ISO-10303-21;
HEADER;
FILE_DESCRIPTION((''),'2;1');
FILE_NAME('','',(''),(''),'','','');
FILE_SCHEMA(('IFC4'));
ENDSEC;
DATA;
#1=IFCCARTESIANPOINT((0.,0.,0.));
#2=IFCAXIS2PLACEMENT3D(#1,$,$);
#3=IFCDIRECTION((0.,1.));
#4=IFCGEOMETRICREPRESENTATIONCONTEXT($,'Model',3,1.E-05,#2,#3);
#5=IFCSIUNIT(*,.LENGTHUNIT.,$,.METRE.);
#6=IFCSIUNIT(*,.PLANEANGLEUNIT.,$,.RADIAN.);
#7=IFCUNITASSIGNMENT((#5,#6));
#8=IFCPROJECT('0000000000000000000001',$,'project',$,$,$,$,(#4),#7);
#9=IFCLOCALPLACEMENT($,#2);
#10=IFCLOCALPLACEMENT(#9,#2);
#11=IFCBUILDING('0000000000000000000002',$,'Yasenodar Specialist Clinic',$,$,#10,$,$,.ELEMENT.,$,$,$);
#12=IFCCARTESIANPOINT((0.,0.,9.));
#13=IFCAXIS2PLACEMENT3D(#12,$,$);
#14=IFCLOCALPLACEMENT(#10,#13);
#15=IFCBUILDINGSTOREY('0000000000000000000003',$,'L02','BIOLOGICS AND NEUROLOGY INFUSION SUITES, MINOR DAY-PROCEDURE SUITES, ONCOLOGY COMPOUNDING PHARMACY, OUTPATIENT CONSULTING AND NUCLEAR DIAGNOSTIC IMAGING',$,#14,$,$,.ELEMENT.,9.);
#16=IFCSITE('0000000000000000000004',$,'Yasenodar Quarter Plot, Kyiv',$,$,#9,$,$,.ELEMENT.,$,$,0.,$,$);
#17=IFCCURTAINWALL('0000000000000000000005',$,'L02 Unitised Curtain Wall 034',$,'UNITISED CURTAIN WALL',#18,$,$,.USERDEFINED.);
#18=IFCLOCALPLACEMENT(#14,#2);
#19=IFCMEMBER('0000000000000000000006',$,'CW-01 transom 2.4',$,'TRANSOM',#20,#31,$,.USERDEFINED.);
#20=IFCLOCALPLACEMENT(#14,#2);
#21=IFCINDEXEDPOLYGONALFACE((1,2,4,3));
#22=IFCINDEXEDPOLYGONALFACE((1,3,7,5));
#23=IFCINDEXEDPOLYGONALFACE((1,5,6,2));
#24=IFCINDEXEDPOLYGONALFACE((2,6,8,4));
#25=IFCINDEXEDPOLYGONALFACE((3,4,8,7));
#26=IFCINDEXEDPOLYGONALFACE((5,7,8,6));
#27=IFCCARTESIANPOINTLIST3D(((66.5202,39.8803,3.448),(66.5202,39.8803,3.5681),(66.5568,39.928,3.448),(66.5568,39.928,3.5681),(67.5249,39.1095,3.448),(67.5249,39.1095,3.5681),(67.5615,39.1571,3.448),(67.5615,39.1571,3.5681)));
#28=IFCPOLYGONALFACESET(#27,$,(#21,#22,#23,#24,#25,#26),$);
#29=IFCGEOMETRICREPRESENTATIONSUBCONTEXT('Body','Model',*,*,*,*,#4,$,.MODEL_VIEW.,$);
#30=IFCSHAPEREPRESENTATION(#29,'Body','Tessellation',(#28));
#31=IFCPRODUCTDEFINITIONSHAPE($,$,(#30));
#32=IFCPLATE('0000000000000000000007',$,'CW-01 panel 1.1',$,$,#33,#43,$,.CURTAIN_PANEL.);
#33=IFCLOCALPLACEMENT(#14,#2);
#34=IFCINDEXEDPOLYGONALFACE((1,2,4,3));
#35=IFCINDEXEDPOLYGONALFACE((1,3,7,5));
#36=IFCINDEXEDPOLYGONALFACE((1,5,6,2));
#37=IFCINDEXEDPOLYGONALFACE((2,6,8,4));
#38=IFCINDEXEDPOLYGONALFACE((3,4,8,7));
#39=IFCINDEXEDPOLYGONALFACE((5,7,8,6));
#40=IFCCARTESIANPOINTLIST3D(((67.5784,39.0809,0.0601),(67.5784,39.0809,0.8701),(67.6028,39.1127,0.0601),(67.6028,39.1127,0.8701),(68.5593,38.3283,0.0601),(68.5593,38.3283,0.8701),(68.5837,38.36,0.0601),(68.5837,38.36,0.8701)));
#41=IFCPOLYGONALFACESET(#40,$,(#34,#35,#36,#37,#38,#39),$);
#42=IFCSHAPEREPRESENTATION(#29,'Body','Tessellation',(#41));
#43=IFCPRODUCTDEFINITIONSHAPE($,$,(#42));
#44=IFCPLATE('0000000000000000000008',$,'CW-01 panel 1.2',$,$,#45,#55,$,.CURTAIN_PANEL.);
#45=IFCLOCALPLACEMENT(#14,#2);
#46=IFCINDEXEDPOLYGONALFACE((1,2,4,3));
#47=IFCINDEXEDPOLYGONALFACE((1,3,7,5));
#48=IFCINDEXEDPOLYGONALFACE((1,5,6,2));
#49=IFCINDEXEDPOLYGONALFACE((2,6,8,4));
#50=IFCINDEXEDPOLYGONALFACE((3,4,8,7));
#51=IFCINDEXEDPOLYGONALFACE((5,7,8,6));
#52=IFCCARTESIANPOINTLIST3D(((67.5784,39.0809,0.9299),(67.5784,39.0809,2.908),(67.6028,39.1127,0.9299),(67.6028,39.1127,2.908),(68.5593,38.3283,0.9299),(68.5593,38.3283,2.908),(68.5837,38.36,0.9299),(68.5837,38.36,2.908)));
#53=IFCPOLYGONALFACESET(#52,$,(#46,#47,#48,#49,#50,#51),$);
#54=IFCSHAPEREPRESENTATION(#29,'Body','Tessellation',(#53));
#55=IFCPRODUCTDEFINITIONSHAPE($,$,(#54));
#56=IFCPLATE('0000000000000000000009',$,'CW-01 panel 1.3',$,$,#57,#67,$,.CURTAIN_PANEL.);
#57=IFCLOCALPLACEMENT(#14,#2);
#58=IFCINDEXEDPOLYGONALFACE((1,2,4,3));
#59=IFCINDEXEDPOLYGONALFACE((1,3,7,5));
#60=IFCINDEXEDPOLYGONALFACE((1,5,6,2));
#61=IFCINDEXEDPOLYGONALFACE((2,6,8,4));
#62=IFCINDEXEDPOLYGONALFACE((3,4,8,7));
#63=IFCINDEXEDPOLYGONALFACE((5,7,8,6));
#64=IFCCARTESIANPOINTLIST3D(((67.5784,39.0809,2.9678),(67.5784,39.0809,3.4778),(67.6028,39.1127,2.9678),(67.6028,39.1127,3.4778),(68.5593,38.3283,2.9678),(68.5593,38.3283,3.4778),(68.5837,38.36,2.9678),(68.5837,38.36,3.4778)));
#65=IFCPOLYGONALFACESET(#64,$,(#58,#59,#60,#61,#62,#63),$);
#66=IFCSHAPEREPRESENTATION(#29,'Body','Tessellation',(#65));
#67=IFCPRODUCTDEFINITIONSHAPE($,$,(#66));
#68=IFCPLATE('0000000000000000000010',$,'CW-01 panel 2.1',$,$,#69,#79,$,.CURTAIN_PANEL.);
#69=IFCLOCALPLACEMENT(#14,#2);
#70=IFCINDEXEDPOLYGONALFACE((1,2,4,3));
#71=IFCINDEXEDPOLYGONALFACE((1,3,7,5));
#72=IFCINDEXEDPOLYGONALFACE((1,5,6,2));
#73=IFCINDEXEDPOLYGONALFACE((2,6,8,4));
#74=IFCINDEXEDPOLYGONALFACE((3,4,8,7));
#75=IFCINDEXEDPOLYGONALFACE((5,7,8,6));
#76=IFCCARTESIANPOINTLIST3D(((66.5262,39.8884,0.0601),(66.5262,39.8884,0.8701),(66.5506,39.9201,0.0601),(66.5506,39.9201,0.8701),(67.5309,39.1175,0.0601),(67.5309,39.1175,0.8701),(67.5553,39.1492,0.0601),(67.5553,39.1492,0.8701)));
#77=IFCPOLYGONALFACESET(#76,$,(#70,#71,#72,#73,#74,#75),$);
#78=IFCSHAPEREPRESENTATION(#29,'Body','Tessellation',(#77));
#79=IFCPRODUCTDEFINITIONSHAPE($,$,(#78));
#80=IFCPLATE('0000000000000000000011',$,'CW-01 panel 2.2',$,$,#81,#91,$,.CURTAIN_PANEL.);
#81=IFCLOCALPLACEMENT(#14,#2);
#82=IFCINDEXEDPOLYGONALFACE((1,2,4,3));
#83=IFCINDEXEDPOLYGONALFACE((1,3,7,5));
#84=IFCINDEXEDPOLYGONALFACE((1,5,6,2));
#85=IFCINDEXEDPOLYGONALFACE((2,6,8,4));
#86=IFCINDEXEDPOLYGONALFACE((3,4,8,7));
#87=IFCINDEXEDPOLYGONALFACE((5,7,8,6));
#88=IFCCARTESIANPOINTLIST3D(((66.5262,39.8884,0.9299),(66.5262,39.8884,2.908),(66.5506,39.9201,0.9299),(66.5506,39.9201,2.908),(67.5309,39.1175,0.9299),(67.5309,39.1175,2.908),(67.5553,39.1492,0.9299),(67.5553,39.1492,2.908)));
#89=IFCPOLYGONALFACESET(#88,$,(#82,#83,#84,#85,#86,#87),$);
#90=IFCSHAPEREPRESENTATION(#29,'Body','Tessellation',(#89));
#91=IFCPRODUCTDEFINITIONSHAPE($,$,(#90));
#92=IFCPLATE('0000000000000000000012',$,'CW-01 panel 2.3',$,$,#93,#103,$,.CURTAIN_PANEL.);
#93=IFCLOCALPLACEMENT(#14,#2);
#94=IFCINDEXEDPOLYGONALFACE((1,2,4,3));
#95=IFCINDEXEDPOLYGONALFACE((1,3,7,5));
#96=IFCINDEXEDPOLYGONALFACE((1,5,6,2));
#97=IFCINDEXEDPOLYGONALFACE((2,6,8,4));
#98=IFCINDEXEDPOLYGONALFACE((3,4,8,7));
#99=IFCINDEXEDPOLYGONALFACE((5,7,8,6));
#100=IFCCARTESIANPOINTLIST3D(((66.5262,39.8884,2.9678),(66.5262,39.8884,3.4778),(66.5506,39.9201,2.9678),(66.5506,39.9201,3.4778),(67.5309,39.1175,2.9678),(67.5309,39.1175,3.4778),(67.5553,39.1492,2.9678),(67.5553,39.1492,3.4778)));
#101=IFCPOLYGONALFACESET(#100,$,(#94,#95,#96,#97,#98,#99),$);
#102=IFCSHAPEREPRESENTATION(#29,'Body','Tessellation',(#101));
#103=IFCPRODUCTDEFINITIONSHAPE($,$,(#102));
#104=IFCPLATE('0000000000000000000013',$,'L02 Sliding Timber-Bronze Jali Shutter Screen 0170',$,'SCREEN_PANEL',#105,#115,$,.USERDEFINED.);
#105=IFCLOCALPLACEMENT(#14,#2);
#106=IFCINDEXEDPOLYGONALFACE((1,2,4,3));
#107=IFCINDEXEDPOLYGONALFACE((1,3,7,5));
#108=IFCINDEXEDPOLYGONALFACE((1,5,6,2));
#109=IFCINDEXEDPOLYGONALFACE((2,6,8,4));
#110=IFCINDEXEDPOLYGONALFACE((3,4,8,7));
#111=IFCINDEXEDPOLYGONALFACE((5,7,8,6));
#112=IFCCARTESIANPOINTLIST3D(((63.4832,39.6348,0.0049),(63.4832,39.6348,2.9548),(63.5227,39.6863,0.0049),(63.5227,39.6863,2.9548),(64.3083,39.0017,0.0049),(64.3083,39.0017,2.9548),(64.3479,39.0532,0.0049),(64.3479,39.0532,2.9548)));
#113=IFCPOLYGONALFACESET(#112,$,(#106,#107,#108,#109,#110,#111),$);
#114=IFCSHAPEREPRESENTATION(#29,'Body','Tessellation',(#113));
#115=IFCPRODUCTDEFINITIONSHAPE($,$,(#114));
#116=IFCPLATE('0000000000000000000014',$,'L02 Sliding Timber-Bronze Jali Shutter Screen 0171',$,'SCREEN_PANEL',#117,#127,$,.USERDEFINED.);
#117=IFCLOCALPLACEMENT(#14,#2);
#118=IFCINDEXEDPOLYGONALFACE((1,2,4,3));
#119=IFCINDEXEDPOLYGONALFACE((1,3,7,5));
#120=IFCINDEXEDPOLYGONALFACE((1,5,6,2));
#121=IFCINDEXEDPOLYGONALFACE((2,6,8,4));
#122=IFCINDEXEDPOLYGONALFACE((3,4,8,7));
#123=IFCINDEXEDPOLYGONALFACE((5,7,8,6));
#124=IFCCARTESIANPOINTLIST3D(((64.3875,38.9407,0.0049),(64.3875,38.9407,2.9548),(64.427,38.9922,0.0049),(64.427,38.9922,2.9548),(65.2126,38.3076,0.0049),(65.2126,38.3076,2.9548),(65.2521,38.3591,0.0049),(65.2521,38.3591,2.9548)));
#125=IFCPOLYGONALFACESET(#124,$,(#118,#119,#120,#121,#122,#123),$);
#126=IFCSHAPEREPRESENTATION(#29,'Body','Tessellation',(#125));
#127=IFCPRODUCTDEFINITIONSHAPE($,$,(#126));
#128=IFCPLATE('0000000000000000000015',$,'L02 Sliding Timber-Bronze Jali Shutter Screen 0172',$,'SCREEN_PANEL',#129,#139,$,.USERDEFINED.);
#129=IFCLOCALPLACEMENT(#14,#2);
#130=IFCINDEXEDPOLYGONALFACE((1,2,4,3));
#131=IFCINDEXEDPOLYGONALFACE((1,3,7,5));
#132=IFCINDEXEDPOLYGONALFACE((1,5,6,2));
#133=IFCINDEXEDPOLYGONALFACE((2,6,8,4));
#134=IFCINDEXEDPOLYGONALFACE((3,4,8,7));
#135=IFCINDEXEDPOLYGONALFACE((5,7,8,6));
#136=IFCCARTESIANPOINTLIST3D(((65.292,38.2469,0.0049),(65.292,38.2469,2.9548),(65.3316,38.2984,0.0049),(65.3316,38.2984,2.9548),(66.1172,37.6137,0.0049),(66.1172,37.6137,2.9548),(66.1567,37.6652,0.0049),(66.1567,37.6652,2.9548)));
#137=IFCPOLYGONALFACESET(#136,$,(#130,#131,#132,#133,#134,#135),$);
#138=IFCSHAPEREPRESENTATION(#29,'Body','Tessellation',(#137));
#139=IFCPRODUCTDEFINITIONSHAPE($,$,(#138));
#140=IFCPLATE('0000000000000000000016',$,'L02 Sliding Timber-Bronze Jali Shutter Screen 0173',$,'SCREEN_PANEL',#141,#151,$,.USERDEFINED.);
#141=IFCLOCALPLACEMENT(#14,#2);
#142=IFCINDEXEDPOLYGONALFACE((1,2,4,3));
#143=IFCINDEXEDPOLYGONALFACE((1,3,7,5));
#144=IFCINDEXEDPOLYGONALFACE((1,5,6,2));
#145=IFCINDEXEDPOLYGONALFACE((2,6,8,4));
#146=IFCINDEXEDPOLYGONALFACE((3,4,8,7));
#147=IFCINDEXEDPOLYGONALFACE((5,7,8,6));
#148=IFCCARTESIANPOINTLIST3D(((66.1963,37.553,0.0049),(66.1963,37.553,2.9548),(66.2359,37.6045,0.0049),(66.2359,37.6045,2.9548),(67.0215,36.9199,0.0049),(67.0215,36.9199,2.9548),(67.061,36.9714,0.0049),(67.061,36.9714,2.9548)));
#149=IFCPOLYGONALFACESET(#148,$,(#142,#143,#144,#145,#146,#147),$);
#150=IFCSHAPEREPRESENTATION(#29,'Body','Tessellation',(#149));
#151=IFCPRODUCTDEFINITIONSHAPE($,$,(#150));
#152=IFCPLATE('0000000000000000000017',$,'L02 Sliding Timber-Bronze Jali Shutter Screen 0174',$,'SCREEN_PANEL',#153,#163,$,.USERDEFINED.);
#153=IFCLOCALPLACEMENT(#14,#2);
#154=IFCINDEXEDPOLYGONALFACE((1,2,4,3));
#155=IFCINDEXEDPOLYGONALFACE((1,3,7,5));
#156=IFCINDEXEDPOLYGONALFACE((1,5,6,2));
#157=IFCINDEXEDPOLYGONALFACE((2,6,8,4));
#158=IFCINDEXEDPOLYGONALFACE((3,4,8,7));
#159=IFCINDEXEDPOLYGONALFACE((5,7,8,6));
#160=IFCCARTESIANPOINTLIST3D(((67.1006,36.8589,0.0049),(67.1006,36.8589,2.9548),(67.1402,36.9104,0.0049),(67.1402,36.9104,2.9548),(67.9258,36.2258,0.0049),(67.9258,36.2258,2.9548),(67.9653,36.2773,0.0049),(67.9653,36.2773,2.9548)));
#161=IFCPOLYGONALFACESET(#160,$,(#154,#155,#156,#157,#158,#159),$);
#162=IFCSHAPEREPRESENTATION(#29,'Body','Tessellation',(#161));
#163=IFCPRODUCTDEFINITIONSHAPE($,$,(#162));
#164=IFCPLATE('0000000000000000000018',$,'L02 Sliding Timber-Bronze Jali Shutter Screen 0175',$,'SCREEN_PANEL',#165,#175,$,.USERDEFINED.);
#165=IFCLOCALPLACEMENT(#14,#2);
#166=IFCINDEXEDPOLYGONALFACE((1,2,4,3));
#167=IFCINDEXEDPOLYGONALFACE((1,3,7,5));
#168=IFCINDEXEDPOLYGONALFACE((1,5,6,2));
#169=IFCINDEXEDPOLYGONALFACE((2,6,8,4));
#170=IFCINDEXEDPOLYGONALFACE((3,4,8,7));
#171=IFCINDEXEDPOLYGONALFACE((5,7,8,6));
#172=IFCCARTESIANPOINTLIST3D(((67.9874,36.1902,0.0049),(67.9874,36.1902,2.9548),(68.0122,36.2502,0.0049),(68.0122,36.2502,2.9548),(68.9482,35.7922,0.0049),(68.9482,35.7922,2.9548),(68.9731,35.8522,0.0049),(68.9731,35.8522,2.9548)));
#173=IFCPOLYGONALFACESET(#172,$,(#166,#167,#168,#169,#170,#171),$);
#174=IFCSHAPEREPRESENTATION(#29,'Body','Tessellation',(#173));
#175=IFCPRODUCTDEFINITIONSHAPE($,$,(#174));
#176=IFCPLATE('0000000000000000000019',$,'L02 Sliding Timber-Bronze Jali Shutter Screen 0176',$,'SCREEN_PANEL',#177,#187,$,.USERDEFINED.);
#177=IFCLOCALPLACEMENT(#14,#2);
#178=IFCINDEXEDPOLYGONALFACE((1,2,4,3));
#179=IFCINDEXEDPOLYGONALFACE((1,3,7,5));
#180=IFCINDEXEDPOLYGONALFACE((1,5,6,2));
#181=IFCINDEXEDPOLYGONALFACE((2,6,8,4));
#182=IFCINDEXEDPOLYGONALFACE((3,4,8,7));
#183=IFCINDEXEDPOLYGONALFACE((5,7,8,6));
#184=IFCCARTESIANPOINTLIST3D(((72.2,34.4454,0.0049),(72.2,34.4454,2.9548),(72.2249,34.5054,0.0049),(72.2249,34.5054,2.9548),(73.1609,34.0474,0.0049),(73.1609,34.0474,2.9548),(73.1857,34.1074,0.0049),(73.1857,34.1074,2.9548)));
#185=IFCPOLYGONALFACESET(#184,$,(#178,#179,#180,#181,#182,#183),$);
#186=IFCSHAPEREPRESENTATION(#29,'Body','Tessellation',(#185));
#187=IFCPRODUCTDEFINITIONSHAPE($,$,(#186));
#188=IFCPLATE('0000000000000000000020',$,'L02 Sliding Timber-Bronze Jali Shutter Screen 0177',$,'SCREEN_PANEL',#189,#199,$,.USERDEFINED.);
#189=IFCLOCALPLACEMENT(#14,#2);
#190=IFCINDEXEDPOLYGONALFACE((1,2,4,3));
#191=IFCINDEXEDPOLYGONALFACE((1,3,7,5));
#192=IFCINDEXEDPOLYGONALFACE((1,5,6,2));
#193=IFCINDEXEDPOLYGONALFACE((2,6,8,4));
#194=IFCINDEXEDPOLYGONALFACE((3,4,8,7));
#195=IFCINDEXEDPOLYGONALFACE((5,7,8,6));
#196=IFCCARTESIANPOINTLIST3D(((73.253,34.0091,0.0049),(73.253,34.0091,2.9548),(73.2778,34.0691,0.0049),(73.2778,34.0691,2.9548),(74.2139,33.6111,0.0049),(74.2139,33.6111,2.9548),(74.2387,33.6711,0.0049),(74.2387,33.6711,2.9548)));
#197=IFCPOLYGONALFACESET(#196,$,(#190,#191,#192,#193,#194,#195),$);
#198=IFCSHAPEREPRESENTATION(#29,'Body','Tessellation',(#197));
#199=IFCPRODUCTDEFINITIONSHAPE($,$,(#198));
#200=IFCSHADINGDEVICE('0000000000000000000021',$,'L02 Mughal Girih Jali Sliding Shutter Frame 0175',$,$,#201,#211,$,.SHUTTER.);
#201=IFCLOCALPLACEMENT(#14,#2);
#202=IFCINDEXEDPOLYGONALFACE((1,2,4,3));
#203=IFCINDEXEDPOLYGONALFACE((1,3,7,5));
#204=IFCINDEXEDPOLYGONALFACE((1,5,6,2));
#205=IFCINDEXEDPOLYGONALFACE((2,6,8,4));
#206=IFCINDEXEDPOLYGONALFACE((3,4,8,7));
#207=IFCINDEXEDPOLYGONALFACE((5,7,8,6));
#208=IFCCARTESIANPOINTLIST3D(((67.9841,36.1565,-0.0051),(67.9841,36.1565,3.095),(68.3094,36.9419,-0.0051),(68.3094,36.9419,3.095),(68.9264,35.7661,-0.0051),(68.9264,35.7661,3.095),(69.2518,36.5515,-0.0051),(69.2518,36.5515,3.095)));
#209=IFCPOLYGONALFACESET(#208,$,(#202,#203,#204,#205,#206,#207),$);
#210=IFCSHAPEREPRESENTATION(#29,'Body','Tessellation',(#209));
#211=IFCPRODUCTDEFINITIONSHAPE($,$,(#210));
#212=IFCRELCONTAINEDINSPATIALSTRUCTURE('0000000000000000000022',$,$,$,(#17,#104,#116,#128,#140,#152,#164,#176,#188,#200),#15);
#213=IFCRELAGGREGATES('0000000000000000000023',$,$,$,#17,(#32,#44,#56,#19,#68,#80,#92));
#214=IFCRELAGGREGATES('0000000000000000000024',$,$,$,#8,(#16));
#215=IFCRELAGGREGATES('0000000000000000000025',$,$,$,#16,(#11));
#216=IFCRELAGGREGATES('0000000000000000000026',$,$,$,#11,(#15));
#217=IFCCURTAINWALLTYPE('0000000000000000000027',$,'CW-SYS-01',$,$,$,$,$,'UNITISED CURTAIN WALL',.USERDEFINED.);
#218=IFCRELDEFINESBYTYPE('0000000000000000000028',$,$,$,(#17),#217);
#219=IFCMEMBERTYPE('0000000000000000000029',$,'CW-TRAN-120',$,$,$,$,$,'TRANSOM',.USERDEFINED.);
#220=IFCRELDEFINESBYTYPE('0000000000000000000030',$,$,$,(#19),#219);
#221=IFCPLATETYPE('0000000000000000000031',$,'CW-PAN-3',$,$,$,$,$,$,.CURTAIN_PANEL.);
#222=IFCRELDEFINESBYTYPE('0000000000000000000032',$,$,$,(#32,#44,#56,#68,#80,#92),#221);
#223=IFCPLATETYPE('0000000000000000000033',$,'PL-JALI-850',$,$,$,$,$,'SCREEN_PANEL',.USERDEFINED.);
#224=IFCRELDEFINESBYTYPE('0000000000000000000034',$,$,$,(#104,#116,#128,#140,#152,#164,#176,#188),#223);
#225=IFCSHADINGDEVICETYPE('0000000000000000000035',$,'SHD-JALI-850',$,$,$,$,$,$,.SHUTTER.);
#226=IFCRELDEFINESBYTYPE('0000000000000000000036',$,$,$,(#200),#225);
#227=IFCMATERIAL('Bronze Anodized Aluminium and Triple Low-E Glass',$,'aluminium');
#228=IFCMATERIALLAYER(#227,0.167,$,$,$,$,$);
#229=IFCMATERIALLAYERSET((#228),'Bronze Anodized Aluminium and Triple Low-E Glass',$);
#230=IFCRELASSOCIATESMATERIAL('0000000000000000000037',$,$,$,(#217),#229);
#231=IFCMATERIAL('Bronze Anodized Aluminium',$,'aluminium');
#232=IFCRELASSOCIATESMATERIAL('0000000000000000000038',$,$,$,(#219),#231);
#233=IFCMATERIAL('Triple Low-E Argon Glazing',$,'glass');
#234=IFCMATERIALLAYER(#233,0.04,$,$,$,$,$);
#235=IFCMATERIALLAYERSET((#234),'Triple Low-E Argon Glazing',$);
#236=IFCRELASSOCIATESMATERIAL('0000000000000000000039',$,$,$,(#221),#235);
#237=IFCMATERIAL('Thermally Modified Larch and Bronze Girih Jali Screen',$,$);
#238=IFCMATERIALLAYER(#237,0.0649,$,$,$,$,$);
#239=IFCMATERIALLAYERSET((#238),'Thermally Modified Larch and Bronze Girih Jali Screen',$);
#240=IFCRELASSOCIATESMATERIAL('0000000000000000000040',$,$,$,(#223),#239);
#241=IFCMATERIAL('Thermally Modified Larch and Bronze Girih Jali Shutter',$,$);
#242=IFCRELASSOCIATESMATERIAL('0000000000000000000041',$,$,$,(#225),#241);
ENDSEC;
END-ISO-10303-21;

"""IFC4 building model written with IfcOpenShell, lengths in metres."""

from ifc_helpers import new_model, si_unit, direction, frame, origin, origin_2d, place, context, subcontext, project, spatial, rectangle, extrude, material, layer, layer_set, material_profile, profile_set, type_object, element, aggregate, save


model = new_model("IFC4")

# Units and contexts
model_context = context("Model", 3, precision=1e-05, world=origin(), true_north=direction((0.0, 1.0)))
body_context = subcontext(model_context, "Body", "Model", "MODEL_VIEW")
ifc_project = project(units=[si_unit("LENGTHUNIT", "METRE"), si_unit("PLANEANGLEUNIT", "RADIAN")], contexts=[model_context])

# Site, building, storey
site_placement = place(None, origin())
site = spatial("IfcSite", under=ifc_project, at=site_placement, Name="Yasenodar Quarter Plot, Kyiv", CompositionType="ELEMENT", RefElevation=0.0)
building_placement = place(site_placement, origin())
building = spatial("IfcBuilding", under=site, at=building_placement, Name="Yasenodar Specialist Clinic", CompositionType="ELEMENT")
storey_placement = place(building_placement, frame((0.0, 0.0, 9.0)))
storey = spatial("IfcBuildingStorey", under=building, at=storey_placement, Name="L02", Description="BIOLOGICS AND NEUROLOGY INFUSION SUITES, MINOR DAY-PROCEDURE SUITES, ONCOLOGY COMPOUNDING PHARMACY, OUTPATIENT CONSULTING AND NUCLEAR DIAGNOSTIC IMAGING", CompositionType="ELEMENT", Elevation=9.0)

# Curtain wall, member, plates
ifc_material_1 = material(Name="Bronze Anodized Aluminium and Triple Low-E Glass", Category="aluminium")
ifc_layer_1 = layer(ifc_material_1, 0.167)
ifc_layer_set_1 = layer_set([ifc_layer_1], Name="Bronze Anodized Aluminium and Triple Low-E Glass")
curtain_wall_type = type_object("IfcCurtainWallType", Name="CW-SYS-01", ElementType="UNITISED CURTAIN WALL", PredefinedType="USERDEFINED", material=ifc_layer_set_1)
curtain_wall_placement = place(storey_placement, origin())
curtain_wall = element("IfcCurtainWall", 1, at=curtain_wall_placement, inside=storey, type_object=curtain_wall_type, Name="L02 Unitised Curtain Wall 034", ObjectType="UNITISED CURTAIN WALL", PredefinedType="USERDEFINED")
ifc_material_2 = material(Name="Bronze Anodized Aluminium", Category="aluminium")
ifc_material_profile_1 = material_profile(ifc_material_2, rectangle(XDim=0.0601, YDim=0.1201, at=origin_2d()), Name="CW-TRAN 60x120")
ifc_profile_set_1 = profile_set([ifc_material_profile_1], Name="Bronze Anodized Aluminium")
member_type_1 = type_object("IfcMemberType", Name="CW-TRAN-120", ElementType="TRANSOM", PredefinedType="USERDEFINED", material=ifc_profile_set_1)
member_1_placement = place(storey_placement, frame((67.5432, 39.1333, 3.5081), z_axis=(-0.793405, 0.608695, 0.0), x_axis=(-0.608695, -0.793405, 0.0)))
member_1 = element("IfcMember", 2, at=member_1_placement, type_object=member_type_1, Name="CW-01 transom 2.4", ObjectType="TRANSOM", PredefinedType="USERDEFINED", context=body_context, shape_type="SweptSolid", body=[
    extrude(rectangle(XDim=0.0601, YDim=0.1201, at=origin_2d()), origin(), (0.0, 0.0, 1.0), 1.2664),
])
ifc_material_3 = material(Name="Triple Low-E Argon Glazing", Category="glass")
ifc_layer_2 = layer(ifc_material_3, 0.04)
ifc_layer_set_2 = layer_set([ifc_layer_2], Name="Triple Low-E Argon Glazing")
plate_type_1 = type_object("IfcPlateType", Name="CW-PAN-3", PredefinedType="CURTAIN_PANEL", material=ifc_layer_set_2)
plate_1_placement = place(storey_placement, frame((68.0811, 38.7205, 0.0601), z_axis=(0.0, 0.0, 1.0), x_axis=(-0.793361, 0.608752, 0.0)))
plate_1 = element("IfcPlate", 3, at=plate_1_placement, type_object=plate_type_1, Name="CW-01 panel 1.1", PredefinedType="CURTAIN_PANEL", context=body_context, shape_type="SweptSolid", body=[
    extrude(rectangle(XDim=1.2363, YDim=0.04, at=origin_2d()), origin(), (0.0, 0.0, 1.0), 0.8101),
])
plate_2_placement = place(storey_placement, frame((68.0811, 38.7205, 0.9299), z_axis=(0.0, 0.0, 1.0), x_axis=(-0.793361, 0.608752, 0.0)))
plate_2 = element("IfcPlate", 4, at=plate_2_placement, type_object=plate_type_1, Name="CW-01 panel 1.2", PredefinedType="CURTAIN_PANEL", context=body_context, shape_type="SweptSolid", body=[
    extrude(rectangle(XDim=1.2363, YDim=0.04, at=origin_2d()), origin(), (0.0, 0.0, 1.0), 1.978),
])
plate_3_placement = place(storey_placement, frame((68.0811, 38.7205, 2.9678), z_axis=(0.0, 0.0, 1.0), x_axis=(-0.793361, 0.608752, 0.0)))
plate_3 = element("IfcPlate", 5, at=plate_3_placement, type_object=plate_type_1, Name="CW-01 panel 1.3", PredefinedType="CURTAIN_PANEL", context=body_context, shape_type="SweptSolid", body=[
    extrude(rectangle(XDim=1.2363, YDim=0.04, at=origin_2d()), origin(), (0.0, 0.0, 1.0), 0.51),
])
plate_4_placement = place(storey_placement, frame((67.0408, 39.5188, 0.0601), z_axis=(0.0, 0.0, 1.0), x_axis=(-0.793361, 0.608752, 0.0)))
plate_4 = element("IfcPlate", 6, at=plate_4_placement, type_object=plate_type_1, Name="CW-01 panel 2.1", PredefinedType="CURTAIN_PANEL", context=body_context, shape_type="SweptSolid", body=[
    extrude(rectangle(XDim=1.2664, YDim=0.04, at=origin_2d()), origin(), (0.0, 0.0, 1.0), 0.8101),
])
plate_5_placement = place(storey_placement, frame((67.0408, 39.5188, 0.9299), z_axis=(0.0, 0.0, 1.0), x_axis=(-0.793361, 0.608752, 0.0)))
plate_5 = element("IfcPlate", 7, at=plate_5_placement, type_object=plate_type_1, Name="CW-01 panel 2.2", PredefinedType="CURTAIN_PANEL", context=body_context, shape_type="SweptSolid", body=[
    extrude(rectangle(XDim=1.2664, YDim=0.04, at=origin_2d()), origin(), (0.0, 0.0, 1.0), 1.978),
])
plate_6_placement = place(storey_placement, frame((67.0408, 39.5188, 2.9678), z_axis=(0.0, 0.0, 1.0), x_axis=(-0.793361, 0.608752, 0.0)))
plate_6 = element("IfcPlate", 8, at=plate_6_placement, type_object=plate_type_1, Name="CW-01 panel 2.3", PredefinedType="CURTAIN_PANEL", context=body_context, shape_type="SweptSolid", body=[
    extrude(rectangle(XDim=1.2664, YDim=0.04, at=origin_2d()), origin(), (0.0, 0.0, 1.0), 0.51),
])
aggregate(curtain_wall, [plate_1, plate_2, plate_3, member_1, plate_4, plate_5, plate_6])

# Plates
ifc_material_4 = material(Name="Thermally Modified Larch and Bronze Girih Jali Screen")
ifc_layer_3 = layer(ifc_material_4, 0.0649)
ifc_layer_set_3 = layer_set([ifc_layer_3], Name="Thermally Modified Larch and Bronze Girih Jali Screen")
plate_type_2 = type_object("IfcPlateType", Name="PL-JALI-850", ElementType="SCREEN_PANEL", PredefinedType="USERDEFINED", material=ifc_layer_set_3)
for number, where, z_axis, x_axis, name in (
    (9, (63.9155, 39.344, 0.0049), (0.0, 0.0, 1.0), (0.793351, -0.608764, 0.0), "L02 Sliding Timber-Bronze Jali Shutter Screen 0170"),
    (10, (64.8198, 38.6499, 0.0049), (0.0, 0.0, 1.0), (0.793351, -0.608764, 0.0), "L02 Sliding Timber-Bronze Jali Shutter Screen 0171"),
    (11, (65.7244, 37.9561, 0.0049), (0.0, 0.0, 1.0), (0.793351, -0.608764, 0.0), "L02 Sliding Timber-Bronze Jali Shutter Screen 0172"),
    (12, (66.6287, 37.2622, 0.0049), (0.0, 0.0, 1.0), (0.793351, -0.608764, 0.0), "L02 Sliding Timber-Bronze Jali Shutter Screen 0173"),
    (13, (67.533, 36.5681, 0.0049), (0.0, 0.0, 1.0), (0.793351, -0.608764, 0.0), "L02 Sliding Timber-Bronze Jali Shutter Screen 0174"),
    (14, (68.4802, 36.0212, 0.0049), (0.0, 0.0, 1.0), (0.923878, -0.382687, 0.0), "L02 Sliding Timber-Bronze Jali Shutter Screen 0175"),
    (15, (72.6929, 34.2764, 0.0049), (0.0, 0.0, 1.0), (0.923878, -0.382687, 0.0), "L02 Sliding Timber-Bronze Jali Shutter Screen 0176"),
    (16, (73.7458, 33.8401, 0.0049), (0.0, 0.0, 1.0), (0.923878, -0.382687, 0.0), "L02 Sliding Timber-Bronze Jali Shutter Screen 0177"),
):
    element("IfcPlate", number, at=place(storey_placement, frame(where, z_axis=z_axis, x_axis=x_axis)), inside=storey, type_object=plate_type_2, Name=name, ObjectType="SCREEN_PANEL", PredefinedType="USERDEFINED", context=body_context, shape_type="SweptSolid", body=[
        extrude(rectangle(XDim=1.04, YDim=0.0649, at=origin_2d()), origin(), (0.0, 0.0, 1.0), 2.95),
    ])

# Shading device
ifc_material_5 = material(Name="Thermally Modified Larch and Bronze Girih Jali Shutter")
shading_device_type = type_object("IfcShadingDeviceType", Name="SHD-JALI-850", PredefinedType="SHUTTER", material=ifc_material_5)
shading_device_placement = place(storey_placement, frame((68.6179, 36.354, -0.0051), z_axis=(0.0, 0.0, 1.0), x_axis=(0.923878, -0.382687, 0.0)))
element("IfcShadingDevice", 17, at=shading_device_placement, inside=storey, type_object=shading_device_type, Name="L02 Mughal Girih Jali Sliding Shutter Frame 0175", PredefinedType="SHUTTER", context=body_context, shape_type="SweptSolid", body=[
    extrude(rectangle(XDim=1.02, YDim=0.8501, at=origin_2d()), origin(), (0.0, 0.0, 1.0), 3.1001),
])

save(model, "model.ifc")
